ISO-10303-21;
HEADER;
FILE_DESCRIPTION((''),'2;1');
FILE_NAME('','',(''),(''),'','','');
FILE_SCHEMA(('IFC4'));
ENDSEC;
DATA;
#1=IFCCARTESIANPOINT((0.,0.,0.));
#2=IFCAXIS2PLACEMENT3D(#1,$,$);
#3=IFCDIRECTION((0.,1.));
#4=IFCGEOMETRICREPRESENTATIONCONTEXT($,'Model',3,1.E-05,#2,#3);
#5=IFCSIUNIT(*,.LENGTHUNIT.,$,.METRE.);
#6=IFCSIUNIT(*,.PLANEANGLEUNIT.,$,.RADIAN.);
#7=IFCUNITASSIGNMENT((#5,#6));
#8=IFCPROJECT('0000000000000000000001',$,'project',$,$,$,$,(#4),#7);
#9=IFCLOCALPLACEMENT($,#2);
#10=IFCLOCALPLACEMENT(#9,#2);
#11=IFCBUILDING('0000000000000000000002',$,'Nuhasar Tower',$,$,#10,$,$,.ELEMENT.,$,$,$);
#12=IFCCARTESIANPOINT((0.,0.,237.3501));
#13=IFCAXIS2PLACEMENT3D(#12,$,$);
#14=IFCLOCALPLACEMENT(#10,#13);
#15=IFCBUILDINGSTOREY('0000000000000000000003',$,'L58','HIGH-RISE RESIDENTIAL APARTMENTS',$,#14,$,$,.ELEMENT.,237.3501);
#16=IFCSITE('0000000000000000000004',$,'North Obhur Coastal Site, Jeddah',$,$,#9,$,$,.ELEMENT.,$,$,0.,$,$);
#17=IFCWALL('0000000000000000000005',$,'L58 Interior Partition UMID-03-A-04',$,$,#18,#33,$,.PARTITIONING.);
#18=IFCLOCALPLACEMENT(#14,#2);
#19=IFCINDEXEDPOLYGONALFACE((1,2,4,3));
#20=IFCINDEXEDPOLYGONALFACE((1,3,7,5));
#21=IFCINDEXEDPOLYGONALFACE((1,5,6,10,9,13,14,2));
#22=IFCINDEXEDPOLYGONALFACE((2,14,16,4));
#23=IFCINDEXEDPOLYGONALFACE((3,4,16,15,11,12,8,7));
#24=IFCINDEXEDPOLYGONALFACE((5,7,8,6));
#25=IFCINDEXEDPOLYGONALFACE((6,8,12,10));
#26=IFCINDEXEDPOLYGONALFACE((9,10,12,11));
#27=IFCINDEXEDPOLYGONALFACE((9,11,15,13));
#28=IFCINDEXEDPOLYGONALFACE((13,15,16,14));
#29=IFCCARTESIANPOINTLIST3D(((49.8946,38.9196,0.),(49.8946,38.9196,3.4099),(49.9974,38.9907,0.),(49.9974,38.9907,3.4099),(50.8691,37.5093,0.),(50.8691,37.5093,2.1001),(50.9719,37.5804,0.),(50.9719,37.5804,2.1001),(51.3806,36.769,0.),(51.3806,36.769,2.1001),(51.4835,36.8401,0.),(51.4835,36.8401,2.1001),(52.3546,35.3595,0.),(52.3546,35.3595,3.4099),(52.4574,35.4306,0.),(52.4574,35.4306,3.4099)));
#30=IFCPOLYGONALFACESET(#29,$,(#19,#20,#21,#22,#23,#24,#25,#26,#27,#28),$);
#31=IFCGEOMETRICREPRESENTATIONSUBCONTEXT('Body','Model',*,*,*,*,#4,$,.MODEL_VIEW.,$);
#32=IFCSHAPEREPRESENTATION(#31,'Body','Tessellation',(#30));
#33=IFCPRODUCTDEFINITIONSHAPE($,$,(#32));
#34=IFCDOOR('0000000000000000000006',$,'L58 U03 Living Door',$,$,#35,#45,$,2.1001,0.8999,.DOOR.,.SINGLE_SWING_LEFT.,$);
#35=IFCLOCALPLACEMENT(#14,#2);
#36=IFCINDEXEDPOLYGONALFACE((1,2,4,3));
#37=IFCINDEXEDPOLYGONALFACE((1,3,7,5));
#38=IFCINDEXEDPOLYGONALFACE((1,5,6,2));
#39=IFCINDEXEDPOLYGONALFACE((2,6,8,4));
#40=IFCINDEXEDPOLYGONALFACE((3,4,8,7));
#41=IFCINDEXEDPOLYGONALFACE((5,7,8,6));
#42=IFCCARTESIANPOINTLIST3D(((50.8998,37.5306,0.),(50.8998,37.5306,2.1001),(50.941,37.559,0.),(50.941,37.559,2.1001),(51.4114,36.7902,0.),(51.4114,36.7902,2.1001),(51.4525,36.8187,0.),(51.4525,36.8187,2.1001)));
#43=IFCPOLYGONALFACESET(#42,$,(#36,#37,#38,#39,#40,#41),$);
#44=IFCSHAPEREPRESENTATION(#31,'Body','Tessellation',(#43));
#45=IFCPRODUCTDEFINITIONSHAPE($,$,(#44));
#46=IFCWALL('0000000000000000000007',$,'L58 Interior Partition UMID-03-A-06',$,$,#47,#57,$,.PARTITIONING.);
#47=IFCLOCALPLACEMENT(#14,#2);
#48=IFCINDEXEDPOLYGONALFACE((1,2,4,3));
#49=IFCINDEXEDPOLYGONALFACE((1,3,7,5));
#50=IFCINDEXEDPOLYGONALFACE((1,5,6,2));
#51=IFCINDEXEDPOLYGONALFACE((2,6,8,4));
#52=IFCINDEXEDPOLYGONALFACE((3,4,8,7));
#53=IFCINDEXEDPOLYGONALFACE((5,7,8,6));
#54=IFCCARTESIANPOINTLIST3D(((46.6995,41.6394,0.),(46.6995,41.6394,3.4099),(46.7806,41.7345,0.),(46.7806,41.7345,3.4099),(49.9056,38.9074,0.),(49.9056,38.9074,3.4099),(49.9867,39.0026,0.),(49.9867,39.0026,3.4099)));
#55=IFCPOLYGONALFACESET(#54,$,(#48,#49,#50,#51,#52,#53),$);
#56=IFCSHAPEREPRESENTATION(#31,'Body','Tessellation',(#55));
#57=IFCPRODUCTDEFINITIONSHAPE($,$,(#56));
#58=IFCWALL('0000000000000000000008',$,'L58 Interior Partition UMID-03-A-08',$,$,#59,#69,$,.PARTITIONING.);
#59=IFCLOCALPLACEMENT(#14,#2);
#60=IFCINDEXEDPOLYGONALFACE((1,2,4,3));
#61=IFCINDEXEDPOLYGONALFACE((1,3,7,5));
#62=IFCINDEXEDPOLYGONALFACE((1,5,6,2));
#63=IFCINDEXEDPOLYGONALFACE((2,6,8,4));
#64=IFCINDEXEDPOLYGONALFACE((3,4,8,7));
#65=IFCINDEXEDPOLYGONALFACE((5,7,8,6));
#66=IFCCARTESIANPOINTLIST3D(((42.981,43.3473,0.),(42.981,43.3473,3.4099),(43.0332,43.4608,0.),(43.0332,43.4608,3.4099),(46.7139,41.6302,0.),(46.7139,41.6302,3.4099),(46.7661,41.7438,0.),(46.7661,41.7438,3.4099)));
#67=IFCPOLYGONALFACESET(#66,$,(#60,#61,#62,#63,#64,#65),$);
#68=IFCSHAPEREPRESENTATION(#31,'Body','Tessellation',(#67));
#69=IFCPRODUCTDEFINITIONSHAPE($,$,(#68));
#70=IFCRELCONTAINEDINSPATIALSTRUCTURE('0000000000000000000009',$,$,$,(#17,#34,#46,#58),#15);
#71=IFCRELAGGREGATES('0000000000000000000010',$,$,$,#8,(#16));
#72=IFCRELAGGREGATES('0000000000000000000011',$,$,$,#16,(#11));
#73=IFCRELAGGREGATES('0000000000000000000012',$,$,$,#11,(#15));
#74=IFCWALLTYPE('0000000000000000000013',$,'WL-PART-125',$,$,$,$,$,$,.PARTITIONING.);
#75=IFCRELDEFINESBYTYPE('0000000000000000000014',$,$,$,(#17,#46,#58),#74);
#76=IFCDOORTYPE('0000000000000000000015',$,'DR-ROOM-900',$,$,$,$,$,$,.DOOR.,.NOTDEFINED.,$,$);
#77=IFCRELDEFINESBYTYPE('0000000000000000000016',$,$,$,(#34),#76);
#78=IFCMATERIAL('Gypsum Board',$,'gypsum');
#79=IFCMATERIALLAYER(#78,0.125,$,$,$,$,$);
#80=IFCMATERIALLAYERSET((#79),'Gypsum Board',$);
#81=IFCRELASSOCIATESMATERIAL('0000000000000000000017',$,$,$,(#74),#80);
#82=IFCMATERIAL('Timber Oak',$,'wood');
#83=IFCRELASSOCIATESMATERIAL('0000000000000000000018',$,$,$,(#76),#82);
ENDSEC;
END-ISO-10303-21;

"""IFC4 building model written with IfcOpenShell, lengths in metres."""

from ifc_helpers import new_model, si_unit, direction, frame, frame_2d, origin, place, context, subcontext, project, spatial, rectangle, extrude, material, layer, layer_set, type_object, element, fill, save


model = new_model("IFC4")

# Units and contexts
model_context = context("Model", 3, precision=1e-05, world=origin(), true_north=direction((0.0, 1.0)))
body_context = subcontext(model_context, "Body", "Model", "MODEL_VIEW")
ifc_project = project(units=[si_unit("LENGTHUNIT", "METRE"), si_unit("PLANEANGLEUNIT", "RADIAN")], contexts=[model_context])

# Site, building, storey
site_placement = place(None, origin())
site = spatial("IfcSite", under=ifc_project, at=site_placement, Name="North Obhur Coastal Site, Jeddah", CompositionType="ELEMENT", RefElevation=0.0)
building_placement = place(site_placement, origin())
building = spatial("IfcBuilding", under=site, at=building_placement, Name="Nuhasar Tower", CompositionType="ELEMENT")
storey_placement = place(building_placement, frame((0.0, 0.0, 237.3501)))
storey = spatial("IfcBuildingStorey", under=building, at=storey_placement, Name="L58", Description="HIGH-RISE RESIDENTIAL APARTMENTS", CompositionType="ELEMENT", Elevation=237.3501)

# Shared definitions
ifc_material_1 = material(Name="Gypsum Board", Category="gypsum")
ifc_material_2 = material(Name="Timber Oak", Category="wood")

# Wall, opening, door
ifc_layer_1 = layer(ifc_material_1, 0.125)
ifc_layer_set_1 = layer_set([ifc_layer_1], Name="Gypsum Board")
wall_type_1 = type_object("IfcWallType", Name="WL-PART-125", PredefinedType="PARTITIONING", material=ifc_layer_set_1)
wall_1_placement = place(storey_placement, frame((49.946, 38.9551, 0.0), z_axis=(0.0, 0.0, 1.0), x_axis=(0.568476, -0.8227, 0.0)))
wall_1 = element("IfcWall", 1, at=wall_1_placement, inside=storey, type_object=wall_type_1, Name="L58 Interior Partition UMID-03-A-04", PredefinedType="PARTITIONING", context=body_context, shape_type="SweptSolid", body=[
    extrude(rectangle(XDim=4.3274, YDim=0.125, at=frame_2d((2.1636, 0.0))), origin(), (0.0, 0.0, 1.0), 3.4099),
])
opening_1_placement = place(wall_1_placement, frame((1.7141, 0.0, 0.0)))
opening_1 = element("IfcOpeningElement", 2, at=opening_1_placement, cuts=wall_1, PredefinedType="OPENING", context=body_context, shape_type="SweptSolid", body=[
    extrude(rectangle(XDim=0.8999, YDim=2.1001, at=frame_2d((0.45, 1.05))), frame((0.0, 0.0725, 0.0), z_axis=(0.0, -1.0, 0.0), x_axis=(1.0, 0.0, 0.0)), (0.0, 0.0, 1.0), 0.145),
])
door_type_1 = type_object("IfcDoorType", Name="DR-ROOM-900", OperationType="NOTDEFINED", PredefinedType="DOOR", material=ifc_material_2)
door_1_placement = place(opening_1_placement, origin())
door_1 = element("IfcDoor", 3, at=door_1_placement, inside=storey, type_object=door_type_1, Name="L58 U03 Living Door", OperationType="SINGLE_SWING_LEFT", OverallHeight=2.1001, OverallWidth=0.8999, PredefinedType="DOOR", context=body_context, shape_type="SweptSolid", body=[
    extrude(rectangle(XDim=0.8999, YDim=2.1001, at=frame_2d((0.45, 1.05))), frame((0.0, 0.0249, 0.0), z_axis=(0.0, -1.0, 0.0), x_axis=(1.0, 0.0, 0.0)), (0.0, 0.0, 1.0), 0.05),
])
fill(opening_1, door_1)

# Walls
wall_2_placement = place(storey_placement, frame((49.946, 38.9551, 0.0), z_axis=(0.0, 0.0, 1.0), x_axis=(-0.761144, 0.648583, 0.0)))
element("IfcWall", 4, at=wall_2_placement, inside=storey, type_object=wall_type_1, Name="L58 Interior Partition UMID-03-A-06", PredefinedType="PARTITIONING", context=body_context, shape_type="SweptSolid", body=[
    extrude(rectangle(XDim=4.2122, YDim=0.125, at=frame_2d((2.106, 0.0))), origin(), (0.0, 0.0, 1.0), 3.4099),
])
wall_3_placement = place(storey_placement, frame((46.74, 41.687, 0.0), z_axis=(0.0, 0.0, 1.0), x_axis=(-0.908499, 0.417886, 0.0)))
element("IfcWall", 5, at=wall_3_placement, inside=storey, type_object=wall_type_1, Name="L58 Interior Partition UMID-03-A-08", PredefinedType="PARTITIONING", context=body_context, shape_type="SweptSolid", body=[
    extrude(rectangle(XDim=4.1089, YDim=0.125, at=frame_2d((2.0544, 0.0))), origin(), (0.0, 0.0, 1.0), 3.4099),
])

save(model, "model.ifc")
